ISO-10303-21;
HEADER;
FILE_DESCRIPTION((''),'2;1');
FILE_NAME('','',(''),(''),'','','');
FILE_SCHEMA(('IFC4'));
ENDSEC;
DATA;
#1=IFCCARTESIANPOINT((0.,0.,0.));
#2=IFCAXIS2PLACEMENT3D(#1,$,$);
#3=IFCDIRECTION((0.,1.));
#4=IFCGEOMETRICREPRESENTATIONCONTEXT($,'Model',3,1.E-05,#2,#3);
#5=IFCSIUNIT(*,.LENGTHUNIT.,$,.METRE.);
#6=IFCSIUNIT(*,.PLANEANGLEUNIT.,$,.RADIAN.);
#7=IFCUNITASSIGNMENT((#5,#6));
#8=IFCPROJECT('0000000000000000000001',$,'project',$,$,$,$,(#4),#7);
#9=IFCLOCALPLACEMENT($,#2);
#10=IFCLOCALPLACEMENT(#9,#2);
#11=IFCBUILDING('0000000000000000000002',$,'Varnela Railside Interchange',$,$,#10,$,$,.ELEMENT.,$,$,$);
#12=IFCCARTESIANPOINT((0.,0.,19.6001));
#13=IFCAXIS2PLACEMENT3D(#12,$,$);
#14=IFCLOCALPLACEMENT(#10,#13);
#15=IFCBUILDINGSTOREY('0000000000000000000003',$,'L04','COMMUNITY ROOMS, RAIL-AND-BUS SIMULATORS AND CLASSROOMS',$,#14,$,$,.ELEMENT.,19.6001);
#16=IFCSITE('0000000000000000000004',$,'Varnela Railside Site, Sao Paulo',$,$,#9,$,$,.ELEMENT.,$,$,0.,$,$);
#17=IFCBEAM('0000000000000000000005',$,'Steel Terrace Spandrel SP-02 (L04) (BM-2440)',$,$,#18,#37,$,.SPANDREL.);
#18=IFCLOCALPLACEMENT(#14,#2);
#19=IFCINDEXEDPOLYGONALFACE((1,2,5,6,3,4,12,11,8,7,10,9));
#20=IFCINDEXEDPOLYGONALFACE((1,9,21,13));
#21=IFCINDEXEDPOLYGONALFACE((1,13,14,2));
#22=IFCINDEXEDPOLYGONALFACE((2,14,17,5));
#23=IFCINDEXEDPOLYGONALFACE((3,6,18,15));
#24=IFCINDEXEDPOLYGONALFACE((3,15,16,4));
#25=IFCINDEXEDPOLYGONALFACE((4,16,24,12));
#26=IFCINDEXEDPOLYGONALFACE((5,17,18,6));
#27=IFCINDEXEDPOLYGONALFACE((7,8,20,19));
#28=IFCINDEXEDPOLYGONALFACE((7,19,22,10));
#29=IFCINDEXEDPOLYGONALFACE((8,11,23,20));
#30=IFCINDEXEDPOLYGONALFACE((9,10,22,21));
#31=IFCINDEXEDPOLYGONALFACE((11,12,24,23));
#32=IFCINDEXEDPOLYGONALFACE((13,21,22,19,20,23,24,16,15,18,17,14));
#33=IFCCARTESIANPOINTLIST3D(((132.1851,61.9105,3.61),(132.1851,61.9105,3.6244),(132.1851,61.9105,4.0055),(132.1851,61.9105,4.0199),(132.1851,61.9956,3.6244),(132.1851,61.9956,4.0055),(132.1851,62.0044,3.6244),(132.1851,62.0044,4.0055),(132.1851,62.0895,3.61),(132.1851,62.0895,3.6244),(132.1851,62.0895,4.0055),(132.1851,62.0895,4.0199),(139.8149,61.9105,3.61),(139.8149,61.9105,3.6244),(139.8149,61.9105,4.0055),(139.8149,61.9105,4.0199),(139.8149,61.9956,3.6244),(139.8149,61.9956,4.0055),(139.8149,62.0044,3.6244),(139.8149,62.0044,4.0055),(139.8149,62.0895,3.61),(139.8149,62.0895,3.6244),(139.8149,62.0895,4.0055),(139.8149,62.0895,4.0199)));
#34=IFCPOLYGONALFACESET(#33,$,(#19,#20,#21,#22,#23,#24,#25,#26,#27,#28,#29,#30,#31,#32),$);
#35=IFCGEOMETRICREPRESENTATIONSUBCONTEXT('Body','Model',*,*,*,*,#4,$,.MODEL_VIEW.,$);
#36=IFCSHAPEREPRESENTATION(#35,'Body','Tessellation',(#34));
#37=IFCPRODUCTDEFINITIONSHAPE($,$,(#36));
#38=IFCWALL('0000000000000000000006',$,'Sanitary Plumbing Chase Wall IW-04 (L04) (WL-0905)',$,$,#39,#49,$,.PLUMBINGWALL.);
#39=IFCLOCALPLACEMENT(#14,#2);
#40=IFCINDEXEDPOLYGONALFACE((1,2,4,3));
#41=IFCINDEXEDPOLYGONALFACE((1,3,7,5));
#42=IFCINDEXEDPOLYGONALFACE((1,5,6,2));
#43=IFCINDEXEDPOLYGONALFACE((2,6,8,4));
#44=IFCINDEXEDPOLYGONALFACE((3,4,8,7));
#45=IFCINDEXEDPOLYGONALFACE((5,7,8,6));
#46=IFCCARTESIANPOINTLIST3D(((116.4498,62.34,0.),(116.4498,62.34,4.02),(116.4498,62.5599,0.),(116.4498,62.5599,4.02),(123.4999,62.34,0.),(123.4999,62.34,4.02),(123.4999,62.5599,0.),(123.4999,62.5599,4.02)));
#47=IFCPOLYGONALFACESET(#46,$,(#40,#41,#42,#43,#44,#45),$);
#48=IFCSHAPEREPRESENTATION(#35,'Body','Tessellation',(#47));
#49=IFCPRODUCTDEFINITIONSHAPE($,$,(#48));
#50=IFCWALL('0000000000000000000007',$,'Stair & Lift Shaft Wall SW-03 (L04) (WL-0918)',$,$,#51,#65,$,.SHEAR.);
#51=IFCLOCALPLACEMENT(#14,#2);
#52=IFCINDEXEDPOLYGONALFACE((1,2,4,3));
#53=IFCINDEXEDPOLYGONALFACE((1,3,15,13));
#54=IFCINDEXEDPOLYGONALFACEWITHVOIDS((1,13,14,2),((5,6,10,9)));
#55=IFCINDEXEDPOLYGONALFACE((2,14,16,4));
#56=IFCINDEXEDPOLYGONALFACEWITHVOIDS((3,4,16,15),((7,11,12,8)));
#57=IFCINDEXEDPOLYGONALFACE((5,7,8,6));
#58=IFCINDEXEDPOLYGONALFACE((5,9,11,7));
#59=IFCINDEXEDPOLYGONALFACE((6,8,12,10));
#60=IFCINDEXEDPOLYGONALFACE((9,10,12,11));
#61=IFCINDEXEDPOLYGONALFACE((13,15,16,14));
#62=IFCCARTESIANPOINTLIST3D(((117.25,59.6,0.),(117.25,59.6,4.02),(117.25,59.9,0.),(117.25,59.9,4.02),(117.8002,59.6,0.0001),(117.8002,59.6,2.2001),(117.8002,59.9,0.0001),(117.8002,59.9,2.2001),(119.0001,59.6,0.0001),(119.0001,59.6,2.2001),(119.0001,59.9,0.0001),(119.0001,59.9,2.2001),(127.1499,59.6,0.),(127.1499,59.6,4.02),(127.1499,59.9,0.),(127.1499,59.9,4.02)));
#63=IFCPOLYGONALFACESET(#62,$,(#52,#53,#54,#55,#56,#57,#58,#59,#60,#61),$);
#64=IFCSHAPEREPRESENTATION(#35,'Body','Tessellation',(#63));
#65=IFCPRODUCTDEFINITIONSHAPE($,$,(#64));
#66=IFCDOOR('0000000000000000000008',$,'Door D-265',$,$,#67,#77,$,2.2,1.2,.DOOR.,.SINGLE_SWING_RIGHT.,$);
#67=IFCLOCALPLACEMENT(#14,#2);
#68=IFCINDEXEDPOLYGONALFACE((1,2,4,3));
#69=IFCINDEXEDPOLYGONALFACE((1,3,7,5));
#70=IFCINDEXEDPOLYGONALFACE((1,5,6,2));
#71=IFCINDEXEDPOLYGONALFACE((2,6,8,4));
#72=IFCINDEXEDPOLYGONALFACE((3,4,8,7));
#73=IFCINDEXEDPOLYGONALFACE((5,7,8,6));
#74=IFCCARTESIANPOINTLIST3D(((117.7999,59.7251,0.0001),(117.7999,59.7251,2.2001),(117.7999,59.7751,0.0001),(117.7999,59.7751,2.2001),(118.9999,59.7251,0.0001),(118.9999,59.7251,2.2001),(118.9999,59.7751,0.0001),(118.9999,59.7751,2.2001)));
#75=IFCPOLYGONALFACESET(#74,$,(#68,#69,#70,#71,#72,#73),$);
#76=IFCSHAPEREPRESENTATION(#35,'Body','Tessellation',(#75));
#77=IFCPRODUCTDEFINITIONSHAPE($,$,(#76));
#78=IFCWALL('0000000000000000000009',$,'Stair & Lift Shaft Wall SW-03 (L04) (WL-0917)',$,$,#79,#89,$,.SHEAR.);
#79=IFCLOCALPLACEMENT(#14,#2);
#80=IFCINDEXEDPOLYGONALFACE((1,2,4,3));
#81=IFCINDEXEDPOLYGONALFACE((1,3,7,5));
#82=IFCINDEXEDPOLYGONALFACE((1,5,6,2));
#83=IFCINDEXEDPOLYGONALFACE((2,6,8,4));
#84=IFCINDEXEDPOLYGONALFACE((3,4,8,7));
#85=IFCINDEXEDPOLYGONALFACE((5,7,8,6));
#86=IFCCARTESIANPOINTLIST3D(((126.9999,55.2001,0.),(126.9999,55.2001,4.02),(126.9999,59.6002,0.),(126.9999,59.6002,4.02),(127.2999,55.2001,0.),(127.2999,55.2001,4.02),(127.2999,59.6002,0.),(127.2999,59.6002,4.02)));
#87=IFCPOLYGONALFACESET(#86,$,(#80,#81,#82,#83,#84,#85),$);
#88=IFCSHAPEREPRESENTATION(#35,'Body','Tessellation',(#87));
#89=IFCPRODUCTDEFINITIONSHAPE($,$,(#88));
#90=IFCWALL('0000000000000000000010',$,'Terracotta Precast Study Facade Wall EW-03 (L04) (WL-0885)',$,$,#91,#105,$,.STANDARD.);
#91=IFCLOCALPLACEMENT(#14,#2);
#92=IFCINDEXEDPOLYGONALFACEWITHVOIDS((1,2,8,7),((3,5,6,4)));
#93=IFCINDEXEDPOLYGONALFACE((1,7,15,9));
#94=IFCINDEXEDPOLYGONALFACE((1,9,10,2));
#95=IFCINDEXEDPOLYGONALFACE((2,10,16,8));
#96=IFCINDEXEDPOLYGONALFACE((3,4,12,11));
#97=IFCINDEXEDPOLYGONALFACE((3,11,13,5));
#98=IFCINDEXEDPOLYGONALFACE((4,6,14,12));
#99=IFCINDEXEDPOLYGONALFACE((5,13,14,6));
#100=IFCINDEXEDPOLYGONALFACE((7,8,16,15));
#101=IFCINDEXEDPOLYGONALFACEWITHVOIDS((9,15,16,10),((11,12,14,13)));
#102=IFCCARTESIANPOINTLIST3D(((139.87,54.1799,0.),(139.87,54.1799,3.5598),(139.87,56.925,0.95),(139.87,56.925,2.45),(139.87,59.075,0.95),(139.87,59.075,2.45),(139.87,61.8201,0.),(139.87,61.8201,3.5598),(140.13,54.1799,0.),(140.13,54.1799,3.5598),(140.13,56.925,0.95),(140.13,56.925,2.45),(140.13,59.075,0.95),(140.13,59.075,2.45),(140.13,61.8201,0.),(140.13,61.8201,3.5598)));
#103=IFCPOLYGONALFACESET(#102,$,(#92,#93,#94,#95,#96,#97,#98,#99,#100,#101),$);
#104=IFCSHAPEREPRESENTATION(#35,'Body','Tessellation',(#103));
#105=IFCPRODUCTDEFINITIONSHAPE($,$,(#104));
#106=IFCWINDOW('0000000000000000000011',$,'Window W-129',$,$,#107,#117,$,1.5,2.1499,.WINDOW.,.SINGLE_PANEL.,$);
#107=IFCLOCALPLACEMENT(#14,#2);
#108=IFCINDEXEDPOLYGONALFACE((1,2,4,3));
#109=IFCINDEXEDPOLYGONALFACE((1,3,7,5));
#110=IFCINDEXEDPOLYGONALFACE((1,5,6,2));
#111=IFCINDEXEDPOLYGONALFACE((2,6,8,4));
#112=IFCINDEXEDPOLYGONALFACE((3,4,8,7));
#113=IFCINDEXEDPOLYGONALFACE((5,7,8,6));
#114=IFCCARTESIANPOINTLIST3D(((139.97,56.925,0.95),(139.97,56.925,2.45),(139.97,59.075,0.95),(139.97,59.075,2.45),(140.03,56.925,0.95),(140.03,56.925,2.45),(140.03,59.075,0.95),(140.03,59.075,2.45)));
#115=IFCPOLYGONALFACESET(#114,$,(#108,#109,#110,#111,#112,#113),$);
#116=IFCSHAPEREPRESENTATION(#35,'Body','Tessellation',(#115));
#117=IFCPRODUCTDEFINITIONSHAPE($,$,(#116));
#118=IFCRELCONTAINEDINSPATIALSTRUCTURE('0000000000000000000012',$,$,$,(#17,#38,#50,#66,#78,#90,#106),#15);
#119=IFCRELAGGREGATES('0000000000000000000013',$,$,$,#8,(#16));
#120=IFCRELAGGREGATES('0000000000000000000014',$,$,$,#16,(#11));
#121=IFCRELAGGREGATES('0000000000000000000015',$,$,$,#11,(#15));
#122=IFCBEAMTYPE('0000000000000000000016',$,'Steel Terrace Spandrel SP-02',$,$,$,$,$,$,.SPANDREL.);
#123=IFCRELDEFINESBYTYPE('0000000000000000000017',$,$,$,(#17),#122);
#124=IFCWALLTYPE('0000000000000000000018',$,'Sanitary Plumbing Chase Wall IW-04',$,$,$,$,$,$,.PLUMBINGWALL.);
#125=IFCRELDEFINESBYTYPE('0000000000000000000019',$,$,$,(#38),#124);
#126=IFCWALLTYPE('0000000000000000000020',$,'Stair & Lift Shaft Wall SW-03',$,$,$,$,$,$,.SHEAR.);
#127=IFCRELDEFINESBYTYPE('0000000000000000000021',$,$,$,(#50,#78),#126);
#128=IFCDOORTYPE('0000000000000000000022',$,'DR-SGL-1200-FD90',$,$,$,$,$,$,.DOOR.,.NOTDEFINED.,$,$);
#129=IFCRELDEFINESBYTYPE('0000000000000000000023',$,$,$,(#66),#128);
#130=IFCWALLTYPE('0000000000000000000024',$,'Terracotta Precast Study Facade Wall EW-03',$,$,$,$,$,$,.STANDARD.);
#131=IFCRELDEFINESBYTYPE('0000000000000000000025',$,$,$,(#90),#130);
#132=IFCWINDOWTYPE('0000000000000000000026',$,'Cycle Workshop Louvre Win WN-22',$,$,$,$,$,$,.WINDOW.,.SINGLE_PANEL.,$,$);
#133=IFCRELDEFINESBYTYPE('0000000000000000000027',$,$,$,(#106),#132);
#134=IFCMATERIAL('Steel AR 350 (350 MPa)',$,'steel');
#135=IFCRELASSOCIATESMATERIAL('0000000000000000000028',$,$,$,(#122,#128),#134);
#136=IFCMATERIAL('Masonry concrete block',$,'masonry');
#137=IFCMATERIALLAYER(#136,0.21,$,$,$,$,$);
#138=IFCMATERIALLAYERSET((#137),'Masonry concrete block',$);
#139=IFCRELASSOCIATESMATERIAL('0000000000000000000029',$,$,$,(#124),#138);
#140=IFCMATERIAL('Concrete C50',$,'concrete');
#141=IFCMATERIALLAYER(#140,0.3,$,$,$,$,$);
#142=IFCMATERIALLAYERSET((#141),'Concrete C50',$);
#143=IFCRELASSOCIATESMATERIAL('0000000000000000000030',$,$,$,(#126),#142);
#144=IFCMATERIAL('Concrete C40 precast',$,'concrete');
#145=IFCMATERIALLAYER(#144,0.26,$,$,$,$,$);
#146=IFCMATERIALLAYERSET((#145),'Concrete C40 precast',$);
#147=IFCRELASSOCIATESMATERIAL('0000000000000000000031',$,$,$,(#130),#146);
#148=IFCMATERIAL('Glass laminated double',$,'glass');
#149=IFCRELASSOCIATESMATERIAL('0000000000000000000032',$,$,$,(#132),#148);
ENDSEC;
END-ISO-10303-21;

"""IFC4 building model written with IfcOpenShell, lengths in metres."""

from ifc_helpers import new_model, si_unit, direction, frame, frame_2d, origin, origin_2d, place, context, subcontext, project, spatial, rectangle, i_section, extrude, material, layer, layer_set, material_profile, profile_set, type_object, element, fill, save


model = new_model("IFC4")

# Units and contexts
model_context = context("Model", 3, precision=1e-05, world=origin(), true_north=direction((0.0, 1.0)))
body_context = subcontext(model_context, "Body", "Model", "MODEL_VIEW")
ifc_project = project(units=[si_unit("LENGTHUNIT", "METRE"), si_unit("PLANEANGLEUNIT", "RADIAN")], contexts=[model_context])

# Site, building, storey
site_placement = place(None, origin())
site = spatial("IfcSite", under=ifc_project, at=site_placement, Name="Varnela Railside Site, Sao Paulo", CompositionType="ELEMENT", RefElevation=0.0)
building_placement = place(site_placement, origin())
building = spatial("IfcBuilding", under=site, at=building_placement, Name="Varnela Railside Interchange", CompositionType="ELEMENT")
storey_placement = place(building_placement, frame((0.0, 0.0, 19.6001)))
storey = spatial("IfcBuildingStorey", under=building, at=storey_placement, Name="L04", Description="COMMUNITY ROOMS, RAIL-AND-BUS SIMULATORS AND CLASSROOMS", CompositionType="ELEMENT", Elevation=19.6001)

# Shared definitions
ifc_material_1 = material(Name="Steel AR 350 (350 MPa)", Category="steel")

# Beam
ifc_material_profile_1 = material_profile(ifc_material_1, i_section(OverallWidth=0.179, OverallDepth=0.4099, WebThickness=0.0088, FlangeThickness=0.0144, at=origin_2d()), Name="W410x67")
ifc_profile_set_1 = profile_set([ifc_material_profile_1], Name="Steel AR 350 (350 MPa)")
beam_type_1 = type_object("IfcBeamType", Name="Steel Terrace Spandrel SP-02", PredefinedType="SPANDREL", material=ifc_profile_set_1)
for number, where, z_axis, x_axis, name in (
    (1, (132.1851, 62.0, 3.8149), (1.0, 0.0, 0.0), (0.0, 1.0, 0.0), "Steel Terrace Spandrel SP-02 (L04) (BM-2440)"),
):
    element("IfcBeam", number, at=place(storey_placement, frame(where, z_axis=z_axis, x_axis=x_axis)), inside=storey, type_object=beam_type_1, Name=name, PredefinedType="SPANDREL", context=body_context, shape_type="SweptSolid", body=[
        extrude(i_section(OverallWidth=0.179, OverallDepth=0.4099, WebThickness=0.0088, FlangeThickness=0.0144, at=origin_2d()), origin(), (0.0, 0.0, 1.0), 7.6299),
    ])

# Wall
ifc_material_2 = material(Name="Masonry concrete block", Category="masonry")
ifc_layer_1 = layer(ifc_material_2, 0.21)
ifc_layer_set_1 = layer_set([ifc_layer_1], Name="Masonry concrete block")
wall_type_1 = type_object("IfcWallType", Name="Sanitary Plumbing Chase Wall IW-04", PredefinedType="PLUMBINGWALL", material=ifc_layer_set_1)
wall_1_placement = place(storey_placement, frame((116.45, 62.45, 0.0), z_axis=(0.0, 0.0, 1.0), x_axis=(1.0, 0.0, 0.0)))
element("IfcWall", 2, at=wall_1_placement, inside=storey, type_object=wall_type_1, Name="Sanitary Plumbing Chase Wall IW-04 (L04) (WL-0905)", PredefinedType="PLUMBINGWALL", context=body_context, shape_type="SweptSolid", body=[
    extrude(rectangle(XDim=7.05, YDim=0.22, at=frame_2d((3.5249, 0.0))), origin(), (0.0, 0.0, 1.0), 4.02),
])

# Wall, opening, door
ifc_material_3 = material(Name="Concrete C50", Category="concrete")
ifc_layer_2 = layer(ifc_material_3, 0.3)
ifc_layer_set_2 = layer_set([ifc_layer_2], Name="Concrete C50")
wall_type_2 = type_object("IfcWallType", Name="Stair & Lift Shaft Wall SW-03", PredefinedType="SHEAR", material=ifc_layer_set_2)
wall_2_placement = place(storey_placement, frame((117.25, 59.75, 0.0), z_axis=(0.0, 0.0, 1.0), x_axis=(1.0, 0.0, 0.0)))
wall_2 = element("IfcWall", 3, at=wall_2_placement, inside=storey, type_object=wall_type_2, Name="Stair & Lift Shaft Wall SW-03 (L04) (WL-0918)", PredefinedType="SHEAR", context=body_context, shape_type="SweptSolid", body=[
    extrude(rectangle(XDim=9.8999, YDim=0.3, at=frame_2d((4.95, 0.0))), origin(), (0.0, 0.0, 1.0), 4.02),
])
opening_1_placement = place(wall_2_placement, frame((0.55, 0.0, 0.0)))
opening_1 = element("IfcOpeningElement", 4, at=opening_1_placement, cuts=wall_2, PredefinedType="OPENING", context=body_context, shape_type="SweptSolid", body=[
    extrude(rectangle(XDim=1.2, YDim=2.2, at=frame_2d((0.6001, 1.1001))), frame((0.0, 0.1599, 0.0), z_axis=(0.0, -1.0, 0.0), x_axis=(1.0, 0.0, 0.0)), (0.0, 0.0, 1.0), 0.3201),
])
door_type = type_object("IfcDoorType", Name="DR-SGL-1200-FD90", OperationType="NOTDEFINED", PredefinedType="DOOR", material=ifc_material_1)
door_placement = place(opening_1_placement, frame((1.2, 0.0, 0.0), z_axis=(0.0, 0.0, 1.0), x_axis=(-1.0, 0.0, 0.0)))
door = element("IfcDoor", 5, at=door_placement, inside=storey, type_object=door_type, Name="Door D-265", OperationType="SINGLE_SWING_RIGHT", OverallHeight=2.2, OverallWidth=1.2, PredefinedType="DOOR", context=body_context, shape_type="SweptSolid", body=[
    extrude(rectangle(XDim=1.2, YDim=2.2, at=frame_2d((0.6001, 1.1001))), frame((0.0, 0.0249, 0.0), z_axis=(0.0, -1.0, 0.0), x_axis=(1.0, 0.0, 0.0)), (0.0, 0.0, 1.0), 0.05),
])
fill(opening_1, door)

# Wall
wall_3_placement = place(storey_placement, frame((127.1499, 55.2, 0.0), z_axis=(0.0, 0.0, 1.0), x_axis=(0.0, 1.0, 0.0)))
element("IfcWall", 6, at=wall_3_placement, inside=storey, type_object=wall_type_2, Name="Stair & Lift Shaft Wall SW-03 (L04) (WL-0917)", PredefinedType="SHEAR", context=body_context, shape_type="SweptSolid", body=[
    extrude(rectangle(XDim=4.4001, YDim=0.3, at=frame_2d((2.2002, 0.0))), origin(), (0.0, 0.0, 1.0), 4.02),
])

# Wall, opening, window
ifc_material_4 = material(Name="Concrete C40 precast", Category="concrete")
ifc_layer_3 = layer(ifc_material_4, 0.26)
ifc_layer_set_3 = layer_set([ifc_layer_3], Name="Concrete C40 precast")
wall_type_3 = type_object("IfcWallType", Name="Terracotta Precast Study Facade Wall EW-03", PredefinedType="STANDARD", material=ifc_layer_set_3)
wall_4_placement = place(storey_placement, frame((140.0, 61.8201, 0.0), z_axis=(0.0, 0.0, 1.0), x_axis=(0.0, -1.0, 0.0)))
wall_4 = element("IfcWall", 7, at=wall_4_placement, inside=storey, type_object=wall_type_3, Name="Terracotta Precast Study Facade Wall EW-03 (L04) (WL-0885)", PredefinedType="STANDARD", context=body_context, shape_type="SweptSolid", body=[
    extrude(rectangle(XDim=7.6401, YDim=0.26, at=frame_2d((3.8201, 0.0))), origin(), (0.0, 0.0, 1.0), 3.5598),
])
opening_2_placement = place(wall_4_placement, frame((2.7451, 0.0, 0.95)))
opening_2 = element("IfcOpeningElement", 8, at=opening_2_placement, cuts=wall_4, PredefinedType="OPENING", context=body_context, shape_type="SweptSolid", body=[
    extrude(rectangle(XDim=2.1499, YDim=1.5, at=frame_2d((1.075, 0.75))), frame((0.0, 0.1399, 0.0), z_axis=(0.0, -1.0, 0.0), x_axis=(1.0, 0.0, 0.0)), (0.0, 0.0, 1.0), 0.28),
])
ifc_material_5 = material(Name="Glass laminated double", Category="glass")
window_type = type_object("IfcWindowType", Name="Cycle Workshop Louvre Win WN-22", PartitioningType="SINGLE_PANEL", PredefinedType="WINDOW", material=ifc_material_5)
window_placement = place(opening_2_placement, origin())
window = element("IfcWindow", 9, at=window_placement, inside=storey, type_object=window_type, Name="Window W-129", OverallHeight=1.5, OverallWidth=2.1499, PartitioningType="SINGLE_PANEL", PredefinedType="WINDOW", context=body_context, shape_type="SweptSolid", body=[
    extrude(rectangle(XDim=2.1499, YDim=1.5, at=frame_2d((1.075, 0.75))), frame((0.0, 0.03, 0.0), z_axis=(0.0, -1.0, 0.0), x_axis=(1.0, 0.0, 0.0)), (0.0, 0.0, 1.0), 0.0601),
])
fill(opening_2, window)

save(model, "model.ifc")
